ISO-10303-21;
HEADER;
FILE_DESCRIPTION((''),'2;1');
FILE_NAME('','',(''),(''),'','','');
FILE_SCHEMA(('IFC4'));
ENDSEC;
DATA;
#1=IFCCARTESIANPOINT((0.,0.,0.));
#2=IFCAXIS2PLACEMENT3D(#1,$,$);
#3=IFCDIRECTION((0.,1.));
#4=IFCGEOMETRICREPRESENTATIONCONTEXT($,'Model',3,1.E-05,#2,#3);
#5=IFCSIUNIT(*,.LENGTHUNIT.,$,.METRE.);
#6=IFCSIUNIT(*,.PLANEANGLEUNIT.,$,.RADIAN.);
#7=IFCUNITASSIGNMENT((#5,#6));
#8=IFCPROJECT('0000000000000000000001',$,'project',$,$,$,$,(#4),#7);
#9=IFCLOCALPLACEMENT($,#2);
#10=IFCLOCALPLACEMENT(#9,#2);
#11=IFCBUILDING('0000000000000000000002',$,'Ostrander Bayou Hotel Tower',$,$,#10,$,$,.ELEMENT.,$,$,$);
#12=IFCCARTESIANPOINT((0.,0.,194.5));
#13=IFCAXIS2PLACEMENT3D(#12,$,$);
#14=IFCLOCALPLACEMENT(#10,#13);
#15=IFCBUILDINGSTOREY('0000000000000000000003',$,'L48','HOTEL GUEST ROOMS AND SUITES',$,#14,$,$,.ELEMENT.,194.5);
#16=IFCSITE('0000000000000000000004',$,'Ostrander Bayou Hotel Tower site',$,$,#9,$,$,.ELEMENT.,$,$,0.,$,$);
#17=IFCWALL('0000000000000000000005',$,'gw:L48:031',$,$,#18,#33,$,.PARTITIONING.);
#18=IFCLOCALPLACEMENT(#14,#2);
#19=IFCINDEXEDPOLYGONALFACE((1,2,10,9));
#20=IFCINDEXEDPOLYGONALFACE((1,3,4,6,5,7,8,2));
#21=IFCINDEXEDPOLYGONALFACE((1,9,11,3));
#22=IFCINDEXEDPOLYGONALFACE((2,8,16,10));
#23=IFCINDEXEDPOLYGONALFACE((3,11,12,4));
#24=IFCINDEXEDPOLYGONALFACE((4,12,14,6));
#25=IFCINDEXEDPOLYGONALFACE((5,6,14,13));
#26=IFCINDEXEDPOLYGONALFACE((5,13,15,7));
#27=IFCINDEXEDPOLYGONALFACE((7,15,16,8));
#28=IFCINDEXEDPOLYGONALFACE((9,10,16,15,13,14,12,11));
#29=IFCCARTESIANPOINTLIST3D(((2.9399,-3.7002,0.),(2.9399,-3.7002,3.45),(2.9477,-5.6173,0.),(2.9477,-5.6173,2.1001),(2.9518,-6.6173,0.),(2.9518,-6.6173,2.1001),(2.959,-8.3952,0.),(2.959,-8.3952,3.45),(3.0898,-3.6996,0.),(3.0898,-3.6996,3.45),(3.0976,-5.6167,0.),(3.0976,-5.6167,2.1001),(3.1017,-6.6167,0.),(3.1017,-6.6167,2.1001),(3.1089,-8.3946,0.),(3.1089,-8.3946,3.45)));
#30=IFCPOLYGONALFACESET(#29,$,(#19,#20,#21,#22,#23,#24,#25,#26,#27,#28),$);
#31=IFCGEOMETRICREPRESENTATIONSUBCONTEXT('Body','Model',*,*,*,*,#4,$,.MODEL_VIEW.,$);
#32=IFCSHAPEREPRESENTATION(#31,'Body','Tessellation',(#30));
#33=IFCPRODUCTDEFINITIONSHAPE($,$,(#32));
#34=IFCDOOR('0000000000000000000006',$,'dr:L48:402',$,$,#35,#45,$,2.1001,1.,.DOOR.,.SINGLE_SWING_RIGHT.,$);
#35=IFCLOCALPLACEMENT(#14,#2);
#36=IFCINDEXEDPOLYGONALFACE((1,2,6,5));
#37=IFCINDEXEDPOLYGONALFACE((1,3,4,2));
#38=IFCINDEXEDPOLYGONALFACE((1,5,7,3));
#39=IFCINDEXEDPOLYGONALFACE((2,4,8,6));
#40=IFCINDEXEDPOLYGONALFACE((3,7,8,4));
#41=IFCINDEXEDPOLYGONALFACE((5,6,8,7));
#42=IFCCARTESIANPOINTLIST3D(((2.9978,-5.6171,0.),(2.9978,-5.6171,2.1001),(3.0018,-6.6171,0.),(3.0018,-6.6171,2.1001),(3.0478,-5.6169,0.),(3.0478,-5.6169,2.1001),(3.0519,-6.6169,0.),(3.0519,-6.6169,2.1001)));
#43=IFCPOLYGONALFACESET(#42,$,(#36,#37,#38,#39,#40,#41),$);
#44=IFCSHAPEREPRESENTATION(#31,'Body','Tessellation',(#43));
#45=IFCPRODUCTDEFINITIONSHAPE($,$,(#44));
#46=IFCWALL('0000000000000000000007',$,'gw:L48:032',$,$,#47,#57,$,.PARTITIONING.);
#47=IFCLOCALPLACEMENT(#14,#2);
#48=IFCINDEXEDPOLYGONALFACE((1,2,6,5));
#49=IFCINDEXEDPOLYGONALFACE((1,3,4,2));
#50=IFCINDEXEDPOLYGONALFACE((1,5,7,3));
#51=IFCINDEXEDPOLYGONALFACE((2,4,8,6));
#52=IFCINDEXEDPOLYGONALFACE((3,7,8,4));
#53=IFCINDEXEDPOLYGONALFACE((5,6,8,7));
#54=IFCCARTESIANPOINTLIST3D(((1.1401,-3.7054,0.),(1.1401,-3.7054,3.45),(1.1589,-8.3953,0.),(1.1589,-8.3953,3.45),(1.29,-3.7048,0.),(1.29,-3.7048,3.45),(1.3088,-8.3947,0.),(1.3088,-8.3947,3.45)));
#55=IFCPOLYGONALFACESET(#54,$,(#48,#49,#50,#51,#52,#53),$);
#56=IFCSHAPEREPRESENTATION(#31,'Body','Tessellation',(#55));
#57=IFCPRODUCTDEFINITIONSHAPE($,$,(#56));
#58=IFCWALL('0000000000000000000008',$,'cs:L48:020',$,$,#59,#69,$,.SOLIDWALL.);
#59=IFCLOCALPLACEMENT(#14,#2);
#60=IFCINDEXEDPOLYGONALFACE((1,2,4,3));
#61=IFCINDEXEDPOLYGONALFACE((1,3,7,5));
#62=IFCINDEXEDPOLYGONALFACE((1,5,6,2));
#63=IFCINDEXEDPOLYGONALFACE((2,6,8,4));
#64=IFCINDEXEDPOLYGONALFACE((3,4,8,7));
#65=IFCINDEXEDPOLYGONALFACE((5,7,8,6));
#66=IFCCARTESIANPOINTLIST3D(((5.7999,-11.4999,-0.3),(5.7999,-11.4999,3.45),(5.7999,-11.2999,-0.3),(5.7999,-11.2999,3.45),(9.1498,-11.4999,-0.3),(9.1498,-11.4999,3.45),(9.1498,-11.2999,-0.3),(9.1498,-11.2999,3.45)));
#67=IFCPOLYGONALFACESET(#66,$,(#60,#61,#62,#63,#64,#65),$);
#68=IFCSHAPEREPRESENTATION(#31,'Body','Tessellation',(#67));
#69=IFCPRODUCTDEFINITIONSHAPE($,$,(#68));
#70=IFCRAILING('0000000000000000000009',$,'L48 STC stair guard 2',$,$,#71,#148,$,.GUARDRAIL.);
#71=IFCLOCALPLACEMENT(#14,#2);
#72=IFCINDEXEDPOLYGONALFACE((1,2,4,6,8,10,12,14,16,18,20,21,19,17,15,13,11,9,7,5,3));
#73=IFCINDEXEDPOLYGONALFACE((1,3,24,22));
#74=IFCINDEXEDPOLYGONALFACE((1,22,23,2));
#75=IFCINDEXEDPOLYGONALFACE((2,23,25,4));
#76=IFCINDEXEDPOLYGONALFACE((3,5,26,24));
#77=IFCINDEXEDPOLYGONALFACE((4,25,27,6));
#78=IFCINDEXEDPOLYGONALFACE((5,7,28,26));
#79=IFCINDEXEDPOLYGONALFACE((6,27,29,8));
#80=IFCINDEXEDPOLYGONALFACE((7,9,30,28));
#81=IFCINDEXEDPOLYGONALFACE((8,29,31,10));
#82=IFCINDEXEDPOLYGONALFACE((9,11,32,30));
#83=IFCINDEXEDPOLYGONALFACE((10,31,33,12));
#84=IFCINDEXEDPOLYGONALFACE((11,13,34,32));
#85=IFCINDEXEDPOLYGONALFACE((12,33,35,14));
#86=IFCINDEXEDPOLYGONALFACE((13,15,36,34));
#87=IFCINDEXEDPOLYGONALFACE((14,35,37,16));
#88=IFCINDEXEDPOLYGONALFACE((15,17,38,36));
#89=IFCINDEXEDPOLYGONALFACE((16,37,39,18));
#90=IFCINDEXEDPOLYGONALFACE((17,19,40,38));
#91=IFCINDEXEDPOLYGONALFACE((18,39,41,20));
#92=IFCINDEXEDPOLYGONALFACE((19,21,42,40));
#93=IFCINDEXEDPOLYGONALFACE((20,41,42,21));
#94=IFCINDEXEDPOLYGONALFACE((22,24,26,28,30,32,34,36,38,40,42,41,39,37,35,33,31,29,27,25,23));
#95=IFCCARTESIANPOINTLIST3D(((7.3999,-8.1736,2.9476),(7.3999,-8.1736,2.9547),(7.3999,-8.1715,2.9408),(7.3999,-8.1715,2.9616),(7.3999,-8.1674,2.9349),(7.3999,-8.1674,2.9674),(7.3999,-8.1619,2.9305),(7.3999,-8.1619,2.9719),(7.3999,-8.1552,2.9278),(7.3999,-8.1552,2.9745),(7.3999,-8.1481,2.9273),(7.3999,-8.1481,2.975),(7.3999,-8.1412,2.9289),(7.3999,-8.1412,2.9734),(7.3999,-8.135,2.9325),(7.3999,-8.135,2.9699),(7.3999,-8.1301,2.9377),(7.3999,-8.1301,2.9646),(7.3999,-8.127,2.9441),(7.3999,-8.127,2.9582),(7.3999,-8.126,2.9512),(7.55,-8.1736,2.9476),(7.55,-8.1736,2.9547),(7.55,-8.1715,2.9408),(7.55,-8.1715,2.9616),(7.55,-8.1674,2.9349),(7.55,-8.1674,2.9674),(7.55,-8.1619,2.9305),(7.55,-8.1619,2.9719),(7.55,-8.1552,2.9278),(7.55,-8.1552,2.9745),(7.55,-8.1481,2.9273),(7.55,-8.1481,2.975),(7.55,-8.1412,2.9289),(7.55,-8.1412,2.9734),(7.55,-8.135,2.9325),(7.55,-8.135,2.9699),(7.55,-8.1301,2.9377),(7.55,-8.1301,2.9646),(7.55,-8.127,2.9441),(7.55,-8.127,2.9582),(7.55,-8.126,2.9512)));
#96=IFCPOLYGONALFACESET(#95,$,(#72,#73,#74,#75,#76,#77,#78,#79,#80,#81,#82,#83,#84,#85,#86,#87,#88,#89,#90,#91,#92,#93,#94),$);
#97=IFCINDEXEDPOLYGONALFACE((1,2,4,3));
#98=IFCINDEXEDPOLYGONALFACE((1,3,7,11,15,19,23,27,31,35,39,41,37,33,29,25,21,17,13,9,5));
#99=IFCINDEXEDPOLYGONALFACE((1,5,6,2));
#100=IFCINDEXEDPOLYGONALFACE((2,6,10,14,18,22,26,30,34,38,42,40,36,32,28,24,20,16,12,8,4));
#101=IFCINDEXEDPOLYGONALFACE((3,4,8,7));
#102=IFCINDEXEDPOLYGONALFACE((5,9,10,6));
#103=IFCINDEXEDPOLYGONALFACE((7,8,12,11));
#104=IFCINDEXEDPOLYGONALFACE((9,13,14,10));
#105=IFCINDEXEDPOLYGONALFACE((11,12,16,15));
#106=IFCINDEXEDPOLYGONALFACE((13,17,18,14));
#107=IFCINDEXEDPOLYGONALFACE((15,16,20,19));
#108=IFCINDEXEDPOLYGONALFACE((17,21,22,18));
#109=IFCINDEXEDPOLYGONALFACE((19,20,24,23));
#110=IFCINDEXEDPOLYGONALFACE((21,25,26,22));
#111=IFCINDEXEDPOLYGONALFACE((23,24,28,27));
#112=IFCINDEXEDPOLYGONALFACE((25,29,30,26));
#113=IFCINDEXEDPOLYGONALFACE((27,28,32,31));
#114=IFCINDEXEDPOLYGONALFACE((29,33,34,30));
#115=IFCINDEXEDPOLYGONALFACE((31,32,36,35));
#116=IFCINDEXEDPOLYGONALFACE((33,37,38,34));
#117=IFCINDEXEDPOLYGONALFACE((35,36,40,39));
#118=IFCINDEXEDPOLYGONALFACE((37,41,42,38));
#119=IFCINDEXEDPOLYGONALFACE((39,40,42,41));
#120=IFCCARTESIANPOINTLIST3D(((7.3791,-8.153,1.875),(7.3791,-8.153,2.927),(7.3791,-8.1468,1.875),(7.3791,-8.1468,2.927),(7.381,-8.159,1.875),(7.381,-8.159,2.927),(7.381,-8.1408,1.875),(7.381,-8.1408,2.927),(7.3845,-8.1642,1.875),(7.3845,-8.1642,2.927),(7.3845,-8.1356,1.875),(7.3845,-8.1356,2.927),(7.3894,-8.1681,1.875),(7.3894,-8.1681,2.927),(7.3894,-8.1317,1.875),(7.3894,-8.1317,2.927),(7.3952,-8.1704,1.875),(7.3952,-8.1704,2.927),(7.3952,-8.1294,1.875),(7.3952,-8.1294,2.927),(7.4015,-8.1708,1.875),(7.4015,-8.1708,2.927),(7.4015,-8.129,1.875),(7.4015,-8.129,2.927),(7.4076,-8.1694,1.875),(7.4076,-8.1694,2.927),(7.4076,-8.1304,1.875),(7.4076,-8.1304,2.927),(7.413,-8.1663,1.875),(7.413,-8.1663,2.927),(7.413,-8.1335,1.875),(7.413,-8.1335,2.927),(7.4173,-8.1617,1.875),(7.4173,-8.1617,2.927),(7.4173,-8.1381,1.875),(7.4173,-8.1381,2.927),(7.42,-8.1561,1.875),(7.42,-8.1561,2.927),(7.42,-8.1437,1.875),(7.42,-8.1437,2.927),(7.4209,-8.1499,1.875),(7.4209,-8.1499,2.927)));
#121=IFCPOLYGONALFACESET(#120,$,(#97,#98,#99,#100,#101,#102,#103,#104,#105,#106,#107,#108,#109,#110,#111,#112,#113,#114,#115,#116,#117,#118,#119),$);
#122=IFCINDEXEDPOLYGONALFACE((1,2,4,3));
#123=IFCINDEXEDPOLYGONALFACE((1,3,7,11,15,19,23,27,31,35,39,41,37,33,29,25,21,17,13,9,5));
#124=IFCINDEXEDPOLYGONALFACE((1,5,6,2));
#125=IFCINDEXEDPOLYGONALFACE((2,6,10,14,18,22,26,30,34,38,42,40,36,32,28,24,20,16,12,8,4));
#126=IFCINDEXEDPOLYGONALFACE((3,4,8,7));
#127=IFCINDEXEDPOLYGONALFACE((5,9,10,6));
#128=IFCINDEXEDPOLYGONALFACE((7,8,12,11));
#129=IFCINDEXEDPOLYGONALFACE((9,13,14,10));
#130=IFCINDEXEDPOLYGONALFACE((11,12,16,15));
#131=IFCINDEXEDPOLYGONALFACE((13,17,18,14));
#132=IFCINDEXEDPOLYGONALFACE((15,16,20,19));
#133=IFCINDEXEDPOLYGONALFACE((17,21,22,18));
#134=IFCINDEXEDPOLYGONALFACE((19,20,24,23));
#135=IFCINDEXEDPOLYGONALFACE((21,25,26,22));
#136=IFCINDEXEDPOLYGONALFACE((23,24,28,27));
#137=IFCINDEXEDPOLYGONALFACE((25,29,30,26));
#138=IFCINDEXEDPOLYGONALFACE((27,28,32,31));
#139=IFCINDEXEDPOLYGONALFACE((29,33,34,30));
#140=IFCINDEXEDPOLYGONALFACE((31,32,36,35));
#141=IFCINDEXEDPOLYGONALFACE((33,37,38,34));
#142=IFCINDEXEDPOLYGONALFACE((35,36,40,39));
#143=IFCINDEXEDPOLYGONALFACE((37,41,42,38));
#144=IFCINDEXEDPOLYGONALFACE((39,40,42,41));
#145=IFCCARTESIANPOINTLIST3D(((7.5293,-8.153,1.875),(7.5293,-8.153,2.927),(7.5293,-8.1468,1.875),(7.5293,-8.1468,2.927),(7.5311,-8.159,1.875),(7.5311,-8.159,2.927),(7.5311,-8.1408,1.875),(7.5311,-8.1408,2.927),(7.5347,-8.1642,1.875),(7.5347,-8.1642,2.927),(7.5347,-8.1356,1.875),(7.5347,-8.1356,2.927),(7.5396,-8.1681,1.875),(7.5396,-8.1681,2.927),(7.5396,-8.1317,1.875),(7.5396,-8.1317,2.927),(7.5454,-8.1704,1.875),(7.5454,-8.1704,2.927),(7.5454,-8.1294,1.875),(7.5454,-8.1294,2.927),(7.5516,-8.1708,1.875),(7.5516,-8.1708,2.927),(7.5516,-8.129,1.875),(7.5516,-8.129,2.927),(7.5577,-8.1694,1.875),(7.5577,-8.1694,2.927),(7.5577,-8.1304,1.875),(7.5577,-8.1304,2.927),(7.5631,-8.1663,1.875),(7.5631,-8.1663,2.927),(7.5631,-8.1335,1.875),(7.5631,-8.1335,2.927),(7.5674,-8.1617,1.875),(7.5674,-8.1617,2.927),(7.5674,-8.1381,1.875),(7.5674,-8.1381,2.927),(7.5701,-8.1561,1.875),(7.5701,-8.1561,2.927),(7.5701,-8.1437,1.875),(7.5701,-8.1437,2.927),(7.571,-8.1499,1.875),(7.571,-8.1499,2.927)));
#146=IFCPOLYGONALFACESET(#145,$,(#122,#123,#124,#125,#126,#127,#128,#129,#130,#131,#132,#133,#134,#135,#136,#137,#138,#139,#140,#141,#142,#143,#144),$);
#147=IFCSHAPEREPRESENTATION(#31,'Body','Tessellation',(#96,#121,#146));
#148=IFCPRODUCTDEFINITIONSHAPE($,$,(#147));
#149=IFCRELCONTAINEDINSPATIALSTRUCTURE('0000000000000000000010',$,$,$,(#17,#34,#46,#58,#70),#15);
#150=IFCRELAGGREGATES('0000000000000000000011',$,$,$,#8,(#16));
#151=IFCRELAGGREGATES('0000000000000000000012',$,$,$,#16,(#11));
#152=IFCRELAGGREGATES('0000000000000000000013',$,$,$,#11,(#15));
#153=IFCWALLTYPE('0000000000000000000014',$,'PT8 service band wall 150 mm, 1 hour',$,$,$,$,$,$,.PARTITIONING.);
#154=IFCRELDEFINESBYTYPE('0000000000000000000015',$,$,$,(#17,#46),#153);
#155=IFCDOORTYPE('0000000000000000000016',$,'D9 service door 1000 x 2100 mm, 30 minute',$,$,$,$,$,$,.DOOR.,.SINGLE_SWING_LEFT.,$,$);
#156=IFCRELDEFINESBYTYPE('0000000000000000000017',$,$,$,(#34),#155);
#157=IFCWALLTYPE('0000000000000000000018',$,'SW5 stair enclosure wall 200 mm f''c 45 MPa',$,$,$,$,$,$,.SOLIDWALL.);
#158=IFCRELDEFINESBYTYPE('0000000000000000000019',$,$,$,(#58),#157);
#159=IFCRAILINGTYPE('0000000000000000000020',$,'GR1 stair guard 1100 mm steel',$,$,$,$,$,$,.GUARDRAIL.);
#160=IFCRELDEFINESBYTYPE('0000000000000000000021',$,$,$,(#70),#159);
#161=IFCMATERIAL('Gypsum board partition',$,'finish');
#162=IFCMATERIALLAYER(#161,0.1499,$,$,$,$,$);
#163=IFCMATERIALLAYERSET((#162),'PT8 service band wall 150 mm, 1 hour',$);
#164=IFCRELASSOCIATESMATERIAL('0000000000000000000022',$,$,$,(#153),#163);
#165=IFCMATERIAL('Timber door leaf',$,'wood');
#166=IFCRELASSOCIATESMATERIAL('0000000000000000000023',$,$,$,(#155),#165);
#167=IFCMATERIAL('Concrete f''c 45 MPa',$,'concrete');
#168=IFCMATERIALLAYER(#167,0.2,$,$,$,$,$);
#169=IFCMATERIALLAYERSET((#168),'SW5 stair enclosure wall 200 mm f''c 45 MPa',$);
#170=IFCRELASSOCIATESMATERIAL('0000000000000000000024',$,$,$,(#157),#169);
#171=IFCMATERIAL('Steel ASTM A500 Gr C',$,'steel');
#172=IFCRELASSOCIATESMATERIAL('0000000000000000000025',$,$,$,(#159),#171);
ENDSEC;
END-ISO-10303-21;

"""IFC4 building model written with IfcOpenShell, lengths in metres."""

from ifc_helpers import new_model, si_unit, direction, frame, frame_2d, origin, origin_2d, place, context, subcontext, project, spatial, rectangle, circle, extrude, material, layer, layer_set, type_object, element, fill, save


model = new_model("IFC4")

# Units and contexts
model_context = context("Model", 3, precision=1e-05, world=origin(), true_north=direction((0.0, 1.0)))
body_context = subcontext(model_context, "Body", "Model", "MODEL_VIEW")
ifc_project = project(units=[si_unit("LENGTHUNIT", "METRE"), si_unit("PLANEANGLEUNIT", "RADIAN")], contexts=[model_context])

# Site, building, storey
site_placement = place(None, origin())
site = spatial("IfcSite", under=ifc_project, at=site_placement, Name="Ostrander Bayou Hotel Tower site", CompositionType="ELEMENT", RefElevation=0.0)
building_placement = place(site_placement, origin())
building = spatial("IfcBuilding", under=site, at=building_placement, Name="Ostrander Bayou Hotel Tower", CompositionType="ELEMENT")
storey_placement = place(building_placement, frame((0.0, 0.0, 194.5)))
storey = spatial("IfcBuildingStorey", under=building, at=storey_placement, Name="L48", Description="HOTEL GUEST ROOMS AND SUITES", CompositionType="ELEMENT", Elevation=194.5)

# Shared definitions
ifc_material_1 = material(Name="Gypsum board partition", Category="finish")
ifc_layer_1 = layer(ifc_material_1, 0.1499)
ifc_layer_set_1 = layer_set([ifc_layer_1], Name="PT8 service band wall 150 mm, 1 hour")
wall_type_1 = type_object("IfcWallType", Name="PT8 service band wall 150 mm, 1 hour", PredefinedType="PARTITIONING", material=ifc_layer_set_1)

# Wall, opening, door
wall_1_placement = place(storey_placement, frame((3.0339, -8.395, 0.0), z_axis=(0.0, 0.0, 1.0), x_axis=(-0.004056, 0.999992, 0.0)))
wall_1 = element("IfcWall", 1, at=wall_1_placement, inside=storey, type_object=wall_type_1, Name="gw:L48:031", PredefinedType="PARTITIONING", context=body_context, shape_type="SweptSolid", body=[
    extrude(rectangle(XDim=4.6951, YDim=0.1499, at=frame_2d((2.3477, 0.0))), origin(), (0.0, 0.0, 1.0), 3.45),
])
opening_1_placement = place(wall_1_placement, frame((1.7781, 0.0, 0.0)))
opening_1 = element("IfcOpeningElement", 2, at=opening_1_placement, cuts=wall_1, PredefinedType="OPENING", context=body_context, shape_type="SweptSolid", body=[
    extrude(rectangle(XDim=1.0, YDim=2.1001, at=frame_2d((0.5, 1.05))), frame((0.0, 0.075, 0.0), z_axis=(0.0, -1.0, 0.0), x_axis=(1.0, 0.0, 0.0)), (0.0, 0.0, 1.0), 0.1499),
])
ifc_material_2 = material(Name="Timber door leaf", Category="wood")
door_type_1 = type_object("IfcDoorType", Name="D9 service door 1000 x 2100 mm, 30 minute", OperationType="SINGLE_SWING_LEFT", PredefinedType="DOOR", material=ifc_material_2)
door_1_placement = place(opening_1_placement, origin())
door_1 = element("IfcDoor", 3, at=door_1_placement, inside=storey, type_object=door_type_1, Name="dr:L48:402", OperationType="SINGLE_SWING_RIGHT", OverallHeight=2.1001, OverallWidth=1.0, PredefinedType="DOOR", context=body_context, shape_type="SweptSolid", body=[
    extrude(rectangle(XDim=1.0, YDim=2.1001, at=frame_2d((0.5, 1.05))), frame((0.0, 0.0249, 0.0), z_axis=(0.0, -1.0, 0.0), x_axis=(1.0, 0.0, 0.0)), (0.0, 0.0, 1.0), 0.05),
])
fill(opening_1, door_1)

# Walls
wall_2_placement = place(storey_placement, frame((1.2339, -8.395, 0.0), z_axis=(0.0, 0.0, 1.0), x_axis=(-0.004008, 0.999992, 0.0)))
element("IfcWall", 4, at=wall_2_placement, inside=storey, type_object=wall_type_1, Name="gw:L48:032", PredefinedType="PARTITIONING", context=body_context, shape_type="SweptSolid", body=[
    extrude(rectangle(XDim=4.6899, YDim=0.1499, at=frame_2d((2.345, 0.0))), origin(), (0.0, 0.0, 1.0), 3.45),
])
ifc_material_3 = material(Name="Concrete f'c 45 MPa", Category="concrete")
ifc_layer_2 = layer(ifc_material_3, 0.2)
ifc_layer_set_2 = layer_set([ifc_layer_2], Name="SW5 stair enclosure wall 200 mm f'c 45 MPa")
wall_type_2 = type_object("IfcWallType", Name="SW5 stair enclosure wall 200 mm f'c 45 MPa", PredefinedType="SOLIDWALL", material=ifc_layer_set_2)
wall_3_placement = place(storey_placement, frame((5.8, -11.3999, -0.3), z_axis=(0.0, 0.0, 1.0), x_axis=(1.0, 0.0, 0.0)))
element("IfcWall", 5, at=wall_3_placement, inside=storey, type_object=wall_type_2, Name="cs:L48:020", PredefinedType="SOLIDWALL", context=body_context, shape_type="SweptSolid", body=[
    extrude(rectangle(XDim=3.3499, YDim=0.2, at=frame_2d((1.6748, 0.0))), origin(), (0.0, 0.0, 1.0), 3.75),
])

# Railing
ifc_material_4 = material(Name="Steel ASTM A500 Gr C", Category="steel")
railing_type = type_object("IfcRailingType", Name="GR1 stair guard 1100 mm steel", PredefinedType="GUARDRAIL", material=ifc_material_4)
railing_1_placement = place(storey_placement, frame((7.3999, -8.1499, 1.875)))
element("IfcRailing", 6, at=railing_1_placement, inside=storey, type_object=railing_type, Name="L48 STC stair guard 2", PredefinedType="GUARDRAIL", context=body_context, shape_type="SweptSolid", body=[
    extrude(circle(Radius=0.0239, at=origin_2d()), frame((0.0, 0.0, 1.0762), z_axis=(1.0, 0.0, 0.0), x_axis=(0.0, 1.0, 0.0)), (0.0, 0.0, 1.0), 0.1501),
    extrude(circle(Radius=0.021, at=origin_2d()), origin(), (0.0, 0.0, 1.0), 1.052),
    extrude(circle(Radius=0.021, at=origin_2d()), frame((0.1501, 0.0, 0.0)), (0.0, 0.0, 1.0), 1.052),
])

save(model, "model.ifc")
